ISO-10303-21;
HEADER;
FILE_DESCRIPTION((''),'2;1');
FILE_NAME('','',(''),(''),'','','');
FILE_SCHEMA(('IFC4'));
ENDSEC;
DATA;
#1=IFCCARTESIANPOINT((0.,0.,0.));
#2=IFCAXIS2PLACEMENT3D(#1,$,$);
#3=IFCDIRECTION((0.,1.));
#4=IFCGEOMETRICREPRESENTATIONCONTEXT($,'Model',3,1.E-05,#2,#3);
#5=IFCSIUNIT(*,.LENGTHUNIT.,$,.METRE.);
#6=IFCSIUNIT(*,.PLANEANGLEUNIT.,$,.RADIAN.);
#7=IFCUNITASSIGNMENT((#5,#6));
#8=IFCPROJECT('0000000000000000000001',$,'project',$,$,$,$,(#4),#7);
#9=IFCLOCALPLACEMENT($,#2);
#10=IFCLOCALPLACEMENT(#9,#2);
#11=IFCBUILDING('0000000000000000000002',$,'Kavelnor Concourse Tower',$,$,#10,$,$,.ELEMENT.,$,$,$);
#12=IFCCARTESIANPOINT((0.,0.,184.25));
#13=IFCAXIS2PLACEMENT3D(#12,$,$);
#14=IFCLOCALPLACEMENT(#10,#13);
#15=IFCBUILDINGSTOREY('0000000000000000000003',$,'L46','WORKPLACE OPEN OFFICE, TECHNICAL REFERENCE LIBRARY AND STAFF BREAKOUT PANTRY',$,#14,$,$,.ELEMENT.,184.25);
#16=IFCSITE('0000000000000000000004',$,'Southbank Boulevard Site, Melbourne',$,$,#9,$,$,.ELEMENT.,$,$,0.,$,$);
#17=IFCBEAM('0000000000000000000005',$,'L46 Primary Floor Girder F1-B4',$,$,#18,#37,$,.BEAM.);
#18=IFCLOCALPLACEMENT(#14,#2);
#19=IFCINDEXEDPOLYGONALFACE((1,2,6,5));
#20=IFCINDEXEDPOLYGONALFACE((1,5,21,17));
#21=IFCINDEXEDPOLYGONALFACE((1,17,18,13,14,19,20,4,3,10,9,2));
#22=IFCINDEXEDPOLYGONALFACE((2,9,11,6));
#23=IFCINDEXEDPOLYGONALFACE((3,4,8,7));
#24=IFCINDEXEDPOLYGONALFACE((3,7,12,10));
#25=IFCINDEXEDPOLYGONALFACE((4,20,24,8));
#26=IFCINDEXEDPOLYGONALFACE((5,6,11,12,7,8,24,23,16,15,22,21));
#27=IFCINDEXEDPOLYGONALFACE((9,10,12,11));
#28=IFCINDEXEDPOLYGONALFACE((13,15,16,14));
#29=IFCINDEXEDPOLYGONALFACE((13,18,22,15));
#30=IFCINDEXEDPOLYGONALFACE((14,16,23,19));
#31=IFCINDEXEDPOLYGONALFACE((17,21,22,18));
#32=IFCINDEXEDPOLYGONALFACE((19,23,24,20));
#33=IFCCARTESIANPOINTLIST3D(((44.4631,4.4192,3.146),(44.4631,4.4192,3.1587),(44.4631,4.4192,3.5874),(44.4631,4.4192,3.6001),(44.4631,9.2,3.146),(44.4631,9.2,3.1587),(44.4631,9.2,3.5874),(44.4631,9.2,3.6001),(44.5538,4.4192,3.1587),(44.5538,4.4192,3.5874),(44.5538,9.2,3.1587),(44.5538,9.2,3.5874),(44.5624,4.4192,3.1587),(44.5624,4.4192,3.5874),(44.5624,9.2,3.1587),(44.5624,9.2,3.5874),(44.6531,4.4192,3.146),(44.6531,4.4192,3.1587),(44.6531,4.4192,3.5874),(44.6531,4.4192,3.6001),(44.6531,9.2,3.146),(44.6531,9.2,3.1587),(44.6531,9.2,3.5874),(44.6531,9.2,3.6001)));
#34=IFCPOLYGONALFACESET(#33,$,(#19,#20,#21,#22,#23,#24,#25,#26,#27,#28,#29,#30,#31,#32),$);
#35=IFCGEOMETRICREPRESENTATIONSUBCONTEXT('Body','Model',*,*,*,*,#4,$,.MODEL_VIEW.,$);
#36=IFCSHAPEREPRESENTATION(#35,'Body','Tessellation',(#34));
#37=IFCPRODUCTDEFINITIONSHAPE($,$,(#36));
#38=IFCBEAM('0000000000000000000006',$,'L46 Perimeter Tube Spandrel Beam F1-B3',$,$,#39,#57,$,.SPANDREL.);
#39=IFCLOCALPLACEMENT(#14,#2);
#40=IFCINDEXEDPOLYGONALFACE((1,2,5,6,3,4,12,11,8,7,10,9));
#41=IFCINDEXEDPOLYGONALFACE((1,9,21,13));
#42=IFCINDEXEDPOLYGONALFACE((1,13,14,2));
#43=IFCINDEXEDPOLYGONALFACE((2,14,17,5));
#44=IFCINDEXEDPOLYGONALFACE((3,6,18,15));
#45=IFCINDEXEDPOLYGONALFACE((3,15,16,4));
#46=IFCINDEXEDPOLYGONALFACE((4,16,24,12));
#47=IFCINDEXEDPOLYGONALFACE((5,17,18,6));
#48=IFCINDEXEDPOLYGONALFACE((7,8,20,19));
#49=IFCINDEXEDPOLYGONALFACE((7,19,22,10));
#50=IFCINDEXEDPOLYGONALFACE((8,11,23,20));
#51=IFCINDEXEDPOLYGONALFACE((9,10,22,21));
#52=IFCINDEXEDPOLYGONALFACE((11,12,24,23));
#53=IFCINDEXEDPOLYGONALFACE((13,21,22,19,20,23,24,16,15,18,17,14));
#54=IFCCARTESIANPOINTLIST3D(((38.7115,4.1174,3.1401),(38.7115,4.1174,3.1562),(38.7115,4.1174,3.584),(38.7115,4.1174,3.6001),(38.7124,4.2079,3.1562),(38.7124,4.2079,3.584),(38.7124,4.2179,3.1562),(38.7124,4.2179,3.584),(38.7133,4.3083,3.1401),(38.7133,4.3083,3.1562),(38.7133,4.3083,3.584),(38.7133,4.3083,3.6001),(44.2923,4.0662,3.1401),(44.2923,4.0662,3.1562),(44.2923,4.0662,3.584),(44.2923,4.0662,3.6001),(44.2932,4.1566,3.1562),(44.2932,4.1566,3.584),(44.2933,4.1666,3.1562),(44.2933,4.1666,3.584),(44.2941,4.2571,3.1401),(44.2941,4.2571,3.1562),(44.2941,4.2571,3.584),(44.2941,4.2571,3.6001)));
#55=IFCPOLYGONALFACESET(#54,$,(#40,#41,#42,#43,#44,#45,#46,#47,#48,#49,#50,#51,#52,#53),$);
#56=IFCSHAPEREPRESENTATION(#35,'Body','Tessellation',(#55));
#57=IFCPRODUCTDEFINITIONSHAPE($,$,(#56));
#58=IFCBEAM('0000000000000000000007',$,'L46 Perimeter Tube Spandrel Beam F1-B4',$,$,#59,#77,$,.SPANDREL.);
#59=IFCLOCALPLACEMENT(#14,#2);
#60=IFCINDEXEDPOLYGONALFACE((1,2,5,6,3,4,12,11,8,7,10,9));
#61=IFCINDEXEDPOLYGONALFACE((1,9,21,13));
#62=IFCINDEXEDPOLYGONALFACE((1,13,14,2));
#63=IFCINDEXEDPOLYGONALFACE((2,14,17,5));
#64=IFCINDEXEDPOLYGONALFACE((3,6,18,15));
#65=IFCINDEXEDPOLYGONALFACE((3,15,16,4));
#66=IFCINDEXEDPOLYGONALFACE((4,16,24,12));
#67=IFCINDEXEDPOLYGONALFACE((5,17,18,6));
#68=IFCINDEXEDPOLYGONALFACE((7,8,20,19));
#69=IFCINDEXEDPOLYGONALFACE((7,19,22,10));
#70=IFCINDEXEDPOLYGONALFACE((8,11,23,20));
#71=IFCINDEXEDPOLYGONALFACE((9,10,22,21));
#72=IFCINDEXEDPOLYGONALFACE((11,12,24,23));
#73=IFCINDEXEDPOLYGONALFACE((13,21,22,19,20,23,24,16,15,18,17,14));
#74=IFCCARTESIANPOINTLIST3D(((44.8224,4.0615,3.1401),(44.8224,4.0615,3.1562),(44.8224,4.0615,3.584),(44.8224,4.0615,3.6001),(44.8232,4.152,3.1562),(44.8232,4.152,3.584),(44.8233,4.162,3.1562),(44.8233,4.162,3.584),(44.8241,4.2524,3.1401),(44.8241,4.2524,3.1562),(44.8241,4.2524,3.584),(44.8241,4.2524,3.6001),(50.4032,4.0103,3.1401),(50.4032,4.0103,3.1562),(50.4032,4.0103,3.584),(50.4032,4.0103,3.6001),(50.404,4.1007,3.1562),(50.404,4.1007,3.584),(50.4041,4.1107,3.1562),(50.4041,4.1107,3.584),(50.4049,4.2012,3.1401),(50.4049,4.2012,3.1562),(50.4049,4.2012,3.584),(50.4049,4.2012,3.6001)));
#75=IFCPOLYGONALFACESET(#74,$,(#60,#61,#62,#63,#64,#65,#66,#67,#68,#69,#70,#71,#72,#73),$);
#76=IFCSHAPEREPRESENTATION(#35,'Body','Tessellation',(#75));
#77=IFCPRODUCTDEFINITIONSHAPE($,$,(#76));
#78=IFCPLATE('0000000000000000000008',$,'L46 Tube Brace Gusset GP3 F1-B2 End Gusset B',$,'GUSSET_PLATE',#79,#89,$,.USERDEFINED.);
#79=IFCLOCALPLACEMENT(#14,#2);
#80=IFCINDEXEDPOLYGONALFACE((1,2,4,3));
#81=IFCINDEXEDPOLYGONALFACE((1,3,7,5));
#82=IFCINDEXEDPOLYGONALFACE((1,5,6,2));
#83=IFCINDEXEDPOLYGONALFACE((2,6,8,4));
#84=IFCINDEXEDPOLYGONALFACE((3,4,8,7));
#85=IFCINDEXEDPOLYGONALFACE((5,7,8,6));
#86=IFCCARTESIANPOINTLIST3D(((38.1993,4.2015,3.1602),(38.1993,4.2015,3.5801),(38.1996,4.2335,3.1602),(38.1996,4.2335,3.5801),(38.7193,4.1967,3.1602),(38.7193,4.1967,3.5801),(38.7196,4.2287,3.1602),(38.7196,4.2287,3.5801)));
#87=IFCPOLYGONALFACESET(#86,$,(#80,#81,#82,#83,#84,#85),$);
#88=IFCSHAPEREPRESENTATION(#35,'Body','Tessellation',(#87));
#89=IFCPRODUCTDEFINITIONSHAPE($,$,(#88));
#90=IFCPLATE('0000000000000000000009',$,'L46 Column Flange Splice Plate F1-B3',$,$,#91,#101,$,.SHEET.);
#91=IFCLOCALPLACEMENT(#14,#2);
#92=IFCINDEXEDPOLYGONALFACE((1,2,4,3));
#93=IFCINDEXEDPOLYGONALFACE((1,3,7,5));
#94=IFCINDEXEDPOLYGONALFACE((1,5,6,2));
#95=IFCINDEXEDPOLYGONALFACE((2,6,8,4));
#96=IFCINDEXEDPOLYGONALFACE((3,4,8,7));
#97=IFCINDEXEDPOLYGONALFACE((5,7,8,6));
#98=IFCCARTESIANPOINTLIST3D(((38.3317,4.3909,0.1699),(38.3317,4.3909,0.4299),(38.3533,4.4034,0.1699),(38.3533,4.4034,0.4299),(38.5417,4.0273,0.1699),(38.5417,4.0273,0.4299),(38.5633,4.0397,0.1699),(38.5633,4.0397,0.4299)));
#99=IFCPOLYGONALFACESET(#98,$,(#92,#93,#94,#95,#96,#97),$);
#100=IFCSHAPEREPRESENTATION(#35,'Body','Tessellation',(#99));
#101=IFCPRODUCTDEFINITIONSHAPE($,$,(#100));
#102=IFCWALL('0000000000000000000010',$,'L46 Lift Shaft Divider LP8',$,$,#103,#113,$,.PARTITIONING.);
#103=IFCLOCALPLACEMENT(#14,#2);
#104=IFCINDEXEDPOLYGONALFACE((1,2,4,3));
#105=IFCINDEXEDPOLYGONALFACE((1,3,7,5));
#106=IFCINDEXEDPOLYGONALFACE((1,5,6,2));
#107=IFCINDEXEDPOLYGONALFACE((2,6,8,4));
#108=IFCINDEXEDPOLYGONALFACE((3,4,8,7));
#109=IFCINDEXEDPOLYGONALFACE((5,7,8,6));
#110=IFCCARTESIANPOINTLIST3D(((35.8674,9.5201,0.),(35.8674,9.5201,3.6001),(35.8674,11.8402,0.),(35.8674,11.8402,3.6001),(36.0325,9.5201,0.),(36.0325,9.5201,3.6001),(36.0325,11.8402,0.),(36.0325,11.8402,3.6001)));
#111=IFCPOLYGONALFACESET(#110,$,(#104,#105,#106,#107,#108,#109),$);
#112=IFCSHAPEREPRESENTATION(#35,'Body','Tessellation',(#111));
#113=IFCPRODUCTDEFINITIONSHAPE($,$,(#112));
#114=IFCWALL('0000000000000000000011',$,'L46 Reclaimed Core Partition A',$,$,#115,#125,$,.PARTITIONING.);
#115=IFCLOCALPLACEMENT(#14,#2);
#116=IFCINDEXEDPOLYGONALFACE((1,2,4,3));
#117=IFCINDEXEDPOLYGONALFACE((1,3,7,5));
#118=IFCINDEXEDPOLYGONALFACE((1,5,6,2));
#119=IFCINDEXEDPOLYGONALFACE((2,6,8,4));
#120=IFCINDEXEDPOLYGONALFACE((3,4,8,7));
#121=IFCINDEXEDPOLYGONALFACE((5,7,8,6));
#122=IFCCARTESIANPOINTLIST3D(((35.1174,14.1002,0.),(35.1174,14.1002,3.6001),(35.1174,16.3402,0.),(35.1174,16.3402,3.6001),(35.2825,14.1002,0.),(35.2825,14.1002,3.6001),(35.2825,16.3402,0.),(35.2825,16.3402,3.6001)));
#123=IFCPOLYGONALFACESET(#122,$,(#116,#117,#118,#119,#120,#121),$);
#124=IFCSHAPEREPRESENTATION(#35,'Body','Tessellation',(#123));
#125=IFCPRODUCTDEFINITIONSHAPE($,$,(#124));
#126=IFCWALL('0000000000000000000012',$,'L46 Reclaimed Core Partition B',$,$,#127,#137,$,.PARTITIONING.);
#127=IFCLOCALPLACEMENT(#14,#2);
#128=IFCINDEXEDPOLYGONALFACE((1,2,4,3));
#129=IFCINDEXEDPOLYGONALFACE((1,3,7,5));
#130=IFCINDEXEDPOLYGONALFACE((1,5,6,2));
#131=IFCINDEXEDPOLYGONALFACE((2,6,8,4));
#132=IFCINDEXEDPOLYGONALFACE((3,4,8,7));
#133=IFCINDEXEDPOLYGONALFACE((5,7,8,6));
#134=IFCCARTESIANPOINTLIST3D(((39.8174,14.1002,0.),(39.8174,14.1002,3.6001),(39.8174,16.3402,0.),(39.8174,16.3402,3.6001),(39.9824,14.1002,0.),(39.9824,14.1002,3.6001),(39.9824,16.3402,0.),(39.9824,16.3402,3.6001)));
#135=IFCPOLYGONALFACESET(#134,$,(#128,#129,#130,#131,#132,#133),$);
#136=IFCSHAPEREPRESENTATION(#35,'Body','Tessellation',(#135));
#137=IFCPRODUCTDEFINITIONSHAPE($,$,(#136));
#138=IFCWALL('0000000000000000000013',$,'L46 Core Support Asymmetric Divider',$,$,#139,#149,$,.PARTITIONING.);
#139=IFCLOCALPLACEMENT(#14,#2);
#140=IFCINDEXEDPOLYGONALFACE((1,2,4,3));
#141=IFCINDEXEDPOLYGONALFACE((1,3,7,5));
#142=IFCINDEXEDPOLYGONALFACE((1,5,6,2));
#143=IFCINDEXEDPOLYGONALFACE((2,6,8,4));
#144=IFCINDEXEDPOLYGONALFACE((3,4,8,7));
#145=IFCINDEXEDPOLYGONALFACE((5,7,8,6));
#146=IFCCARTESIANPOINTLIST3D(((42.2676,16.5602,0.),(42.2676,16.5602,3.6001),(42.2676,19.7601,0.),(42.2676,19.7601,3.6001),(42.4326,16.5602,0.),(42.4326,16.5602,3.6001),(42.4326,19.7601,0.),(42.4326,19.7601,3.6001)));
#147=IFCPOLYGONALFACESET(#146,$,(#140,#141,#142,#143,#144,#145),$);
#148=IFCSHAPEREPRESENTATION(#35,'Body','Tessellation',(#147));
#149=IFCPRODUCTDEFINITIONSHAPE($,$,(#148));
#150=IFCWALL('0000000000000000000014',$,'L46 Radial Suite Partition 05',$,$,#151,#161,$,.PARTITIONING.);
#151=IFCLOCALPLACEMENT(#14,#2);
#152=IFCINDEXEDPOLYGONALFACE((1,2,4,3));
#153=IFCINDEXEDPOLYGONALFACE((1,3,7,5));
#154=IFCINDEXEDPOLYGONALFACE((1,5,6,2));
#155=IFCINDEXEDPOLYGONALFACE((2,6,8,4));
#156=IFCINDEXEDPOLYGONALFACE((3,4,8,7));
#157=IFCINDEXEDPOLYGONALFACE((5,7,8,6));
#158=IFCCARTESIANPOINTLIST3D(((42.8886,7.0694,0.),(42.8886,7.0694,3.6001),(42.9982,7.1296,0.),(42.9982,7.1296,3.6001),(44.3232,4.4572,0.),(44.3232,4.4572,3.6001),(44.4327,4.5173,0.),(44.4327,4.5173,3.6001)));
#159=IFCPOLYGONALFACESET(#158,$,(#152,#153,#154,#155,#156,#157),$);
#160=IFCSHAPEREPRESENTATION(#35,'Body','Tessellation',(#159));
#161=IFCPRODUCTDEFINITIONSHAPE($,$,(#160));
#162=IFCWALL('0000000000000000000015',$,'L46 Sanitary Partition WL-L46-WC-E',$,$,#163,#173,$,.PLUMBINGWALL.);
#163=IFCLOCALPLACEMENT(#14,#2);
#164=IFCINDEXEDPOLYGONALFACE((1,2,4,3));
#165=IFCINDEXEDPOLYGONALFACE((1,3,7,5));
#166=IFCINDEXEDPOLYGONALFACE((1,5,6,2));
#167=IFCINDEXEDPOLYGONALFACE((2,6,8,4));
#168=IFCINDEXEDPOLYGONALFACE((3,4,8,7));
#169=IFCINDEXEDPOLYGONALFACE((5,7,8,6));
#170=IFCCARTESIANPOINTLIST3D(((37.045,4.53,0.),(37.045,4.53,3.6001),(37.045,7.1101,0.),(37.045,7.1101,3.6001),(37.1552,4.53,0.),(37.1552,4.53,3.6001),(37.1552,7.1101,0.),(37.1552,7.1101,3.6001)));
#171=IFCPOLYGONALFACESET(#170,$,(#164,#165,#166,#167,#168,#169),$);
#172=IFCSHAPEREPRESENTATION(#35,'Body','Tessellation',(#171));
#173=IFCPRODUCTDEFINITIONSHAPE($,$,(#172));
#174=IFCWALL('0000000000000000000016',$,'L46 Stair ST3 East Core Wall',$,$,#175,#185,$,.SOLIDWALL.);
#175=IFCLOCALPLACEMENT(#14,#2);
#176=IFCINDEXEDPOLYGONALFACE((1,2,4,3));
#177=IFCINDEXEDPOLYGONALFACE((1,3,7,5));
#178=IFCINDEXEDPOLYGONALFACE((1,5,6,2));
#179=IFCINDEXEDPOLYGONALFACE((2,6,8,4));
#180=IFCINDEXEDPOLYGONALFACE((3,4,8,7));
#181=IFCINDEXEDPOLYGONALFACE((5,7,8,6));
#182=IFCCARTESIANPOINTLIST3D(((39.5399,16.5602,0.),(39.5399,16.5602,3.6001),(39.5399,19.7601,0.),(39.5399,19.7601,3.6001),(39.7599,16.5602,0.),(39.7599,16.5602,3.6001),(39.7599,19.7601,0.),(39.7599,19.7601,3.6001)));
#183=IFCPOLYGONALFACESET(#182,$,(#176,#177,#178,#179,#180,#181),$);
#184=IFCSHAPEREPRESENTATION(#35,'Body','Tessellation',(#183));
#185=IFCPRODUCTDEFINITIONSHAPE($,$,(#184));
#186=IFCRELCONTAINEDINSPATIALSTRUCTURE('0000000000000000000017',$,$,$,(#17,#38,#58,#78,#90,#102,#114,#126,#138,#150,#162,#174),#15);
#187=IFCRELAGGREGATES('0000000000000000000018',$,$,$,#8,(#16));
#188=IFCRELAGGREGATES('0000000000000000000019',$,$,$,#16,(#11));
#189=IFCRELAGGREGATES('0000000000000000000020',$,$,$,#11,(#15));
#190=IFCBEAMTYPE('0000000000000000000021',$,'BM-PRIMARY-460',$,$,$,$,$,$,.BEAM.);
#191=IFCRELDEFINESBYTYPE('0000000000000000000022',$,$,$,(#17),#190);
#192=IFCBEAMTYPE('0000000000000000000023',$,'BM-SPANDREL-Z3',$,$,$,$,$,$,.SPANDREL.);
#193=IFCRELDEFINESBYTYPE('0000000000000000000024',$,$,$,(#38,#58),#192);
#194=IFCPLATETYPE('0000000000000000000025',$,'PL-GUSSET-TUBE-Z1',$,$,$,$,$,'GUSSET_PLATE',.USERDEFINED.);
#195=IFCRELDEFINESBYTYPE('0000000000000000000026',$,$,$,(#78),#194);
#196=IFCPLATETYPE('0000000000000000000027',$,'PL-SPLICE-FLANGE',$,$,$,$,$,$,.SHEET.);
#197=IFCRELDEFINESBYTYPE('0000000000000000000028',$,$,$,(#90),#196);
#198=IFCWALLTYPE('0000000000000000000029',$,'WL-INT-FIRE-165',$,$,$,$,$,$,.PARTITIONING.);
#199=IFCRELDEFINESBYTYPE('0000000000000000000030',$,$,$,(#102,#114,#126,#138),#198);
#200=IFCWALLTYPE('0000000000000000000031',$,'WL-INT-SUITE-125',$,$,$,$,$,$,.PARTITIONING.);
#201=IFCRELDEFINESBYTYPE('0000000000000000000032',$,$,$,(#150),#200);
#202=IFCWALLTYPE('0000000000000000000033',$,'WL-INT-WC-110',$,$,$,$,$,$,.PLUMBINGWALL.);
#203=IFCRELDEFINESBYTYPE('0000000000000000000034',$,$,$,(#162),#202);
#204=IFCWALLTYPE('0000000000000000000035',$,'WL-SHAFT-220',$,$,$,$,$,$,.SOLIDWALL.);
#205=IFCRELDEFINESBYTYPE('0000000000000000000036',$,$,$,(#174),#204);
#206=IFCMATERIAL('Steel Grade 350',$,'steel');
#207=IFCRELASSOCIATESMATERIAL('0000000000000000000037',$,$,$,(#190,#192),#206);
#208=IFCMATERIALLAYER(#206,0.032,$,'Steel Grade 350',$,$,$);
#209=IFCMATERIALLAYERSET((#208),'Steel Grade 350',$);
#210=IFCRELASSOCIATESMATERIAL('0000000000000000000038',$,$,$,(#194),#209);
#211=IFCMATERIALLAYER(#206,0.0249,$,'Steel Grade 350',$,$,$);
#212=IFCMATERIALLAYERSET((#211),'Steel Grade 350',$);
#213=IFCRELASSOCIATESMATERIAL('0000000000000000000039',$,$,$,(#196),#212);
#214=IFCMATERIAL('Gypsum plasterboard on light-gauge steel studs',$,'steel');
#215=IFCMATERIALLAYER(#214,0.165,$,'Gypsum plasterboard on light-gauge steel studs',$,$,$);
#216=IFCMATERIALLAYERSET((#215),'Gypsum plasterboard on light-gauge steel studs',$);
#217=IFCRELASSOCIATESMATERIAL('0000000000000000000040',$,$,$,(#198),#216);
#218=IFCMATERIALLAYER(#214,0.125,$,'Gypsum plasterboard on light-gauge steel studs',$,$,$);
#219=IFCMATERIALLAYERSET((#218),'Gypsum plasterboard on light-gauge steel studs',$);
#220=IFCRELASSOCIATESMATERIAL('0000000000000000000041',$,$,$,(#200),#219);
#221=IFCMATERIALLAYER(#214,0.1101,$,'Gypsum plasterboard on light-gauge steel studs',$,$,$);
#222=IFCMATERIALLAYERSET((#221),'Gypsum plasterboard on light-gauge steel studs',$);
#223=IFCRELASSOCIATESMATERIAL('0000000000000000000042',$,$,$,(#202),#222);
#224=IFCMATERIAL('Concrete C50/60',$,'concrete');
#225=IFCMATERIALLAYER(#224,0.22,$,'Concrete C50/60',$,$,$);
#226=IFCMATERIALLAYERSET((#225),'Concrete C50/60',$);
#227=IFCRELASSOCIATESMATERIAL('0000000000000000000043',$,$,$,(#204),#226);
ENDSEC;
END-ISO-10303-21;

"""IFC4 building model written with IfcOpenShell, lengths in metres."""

from ifc_helpers import new_model, si_unit, direction, frame, frame_2d, origin, origin_2d, place, context, subcontext, project, spatial, rectangle, i_section, extrude, material, layer, layer_set, material_profile, profile_set, type_object, element, save


model = new_model("IFC4")

# Units and contexts
model_context = context("Model", 3, precision=1e-05, world=origin(), true_north=direction((0.0, 1.0)))
body_context = subcontext(model_context, "Body", "Model", "MODEL_VIEW")
ifc_project = project(units=[si_unit("LENGTHUNIT", "METRE"), si_unit("PLANEANGLEUNIT", "RADIAN")], contexts=[model_context])

# Site, building, storey
site_placement = place(None, origin())
site = spatial("IfcSite", under=ifc_project, at=site_placement, Name="Southbank Boulevard Site, Melbourne", CompositionType="ELEMENT", RefElevation=0.0)
building_placement = place(site_placement, origin())
building = spatial("IfcBuilding", under=site, at=building_placement, Name="Kavelnor Concourse Tower", CompositionType="ELEMENT")
storey_placement = place(building_placement, frame((0.0, 0.0, 184.25)))
storey = spatial("IfcBuildingStorey", under=building, at=storey_placement, Name="L46", Description="WORKPLACE OPEN OFFICE, TECHNICAL REFERENCE LIBRARY AND STAFF BREAKOUT PANTRY", CompositionType="ELEMENT", Elevation=184.25)

# Shared definitions
ifc_material_1 = material(Name="Steel Grade 350", Category="steel")

# Beams
ifc_material_profile_1 = material_profile(ifc_material_1, i_section(OverallWidth=0.1899, OverallDepth=0.4541, WebThickness=0.0085, FlangeThickness=0.0127, at=origin_2d()), Name="460UB67")
ifc_profile_set_1 = profile_set([ifc_material_profile_1], Name="Steel Grade 350")
beam_type_1 = type_object("IfcBeamType", Name="BM-PRIMARY-460", PredefinedType="BEAM", material=ifc_profile_set_1)
beam_1_placement = place(storey_placement, frame((44.5581, 9.2, 3.373), z_axis=(0.0, -1.0, 0.0), x_axis=(1.0, 0.0, 0.0)))
element("IfcBeam", 1, at=beam_1_placement, inside=storey, type_object=beam_type_1, Name="L46 Primary Floor Girder F1-B4", PredefinedType="BEAM", context=body_context, shape_type="SweptSolid", body=[
    extrude(i_section(OverallWidth=0.1899, OverallDepth=0.4541, WebThickness=0.0085, FlangeThickness=0.0127, at=origin_2d()), origin(), (0.0, 0.0, 1.0), 4.7808),
])
ifc_material_profile_2 = material_profile(ifc_material_1, i_section(OverallWidth=0.1909, OverallDepth=0.46, WebThickness=0.01, FlangeThickness=0.0161, at=origin_2d()), Name="460UB82")
ifc_profile_set_2 = profile_set([ifc_material_profile_2], Name="Steel Grade 350")
beam_type_2 = type_object("IfcBeamType", Name="BM-SPANDREL-Z3", PredefinedType="SPANDREL", material=ifc_profile_set_2)
for number, where, z_axis, x_axis, name in (
    (2, (38.7124, 4.2129, 3.3701), (0.999958, -0.009186, 0.0), (0.009186, 0.999958, 0.0), "L46 Perimeter Tube Spandrel Beam F1-B3"),
    (3, (44.8232, 4.157, 3.3701), (0.999958, -0.009186, 0.0), (0.009186, 0.999958, 0.0), "L46 Perimeter Tube Spandrel Beam F1-B4"),
):
    element("IfcBeam", number, at=place(storey_placement, frame(where, z_axis=z_axis, x_axis=x_axis)), inside=storey, type_object=beam_type_2, Name=name, PredefinedType="SPANDREL", context=body_context, shape_type="SweptSolid", body=[
        extrude(i_section(OverallWidth=0.1909, OverallDepth=0.46, WebThickness=0.01, FlangeThickness=0.0161, at=origin_2d()), origin(), (0.0, 0.0, 1.0), 5.5811),
    ])

# Plates
ifc_layer_1 = layer(ifc_material_1, 0.032, Name="Steel Grade 350")
ifc_layer_set_1 = layer_set([ifc_layer_1], Name="Steel Grade 350")
plate_type_1 = type_object("IfcPlateType", Name="PL-GUSSET-TUBE-Z1", ElementType="GUSSET_PLATE", PredefinedType="USERDEFINED", material=ifc_layer_set_1)
plate_1_placement = place(storey_placement, frame((38.4595, 4.2151, 3.1602), z_axis=(0.0, 0.0, 1.0), x_axis=(0.999957, -0.00925, 0.0)))
element("IfcPlate", 4, at=plate_1_placement, inside=storey, type_object=plate_type_1, Name="L46 Tube Brace Gusset GP3 F1-B2 End Gusset B", ObjectType="GUSSET_PLATE", PredefinedType="USERDEFINED", context=body_context, shape_type="SweptSolid", body=[
    extrude(rectangle(XDim=0.52, YDim=0.032, at=origin_2d()), origin(), (0.0, 0.0, 1.0), 0.4199),
])
ifc_layer_2 = layer(ifc_material_1, 0.0249, Name="Steel Grade 350")
ifc_layer_set_2 = layer_set([ifc_layer_2], Name="Steel Grade 350")
plate_type_2 = type_object("IfcPlateType", Name="PL-SPLICE-FLANGE", PredefinedType="SHEET", material=ifc_layer_set_2)
plate_2_placement = place(storey_placement, frame((38.4475, 4.2153, 0.1699), z_axis=(0.0, 0.0, 1.0), x_axis=(-0.5, 0.866025, 0.0)))
element("IfcPlate", 5, at=plate_2_placement, inside=storey, type_object=plate_type_2, Name="L46 Column Flange Splice Plate F1-B3", PredefinedType="SHEET", context=body_context, shape_type="SweptSolid", body=[
    extrude(rectangle(XDim=0.4199, YDim=0.0249, at=origin_2d()), origin(), (0.0, 0.0, 1.0), 0.26),
])

# Walls
ifc_material_2 = material(Name="Gypsum plasterboard on light-gauge steel studs", Category="steel")
ifc_layer_3 = layer(ifc_material_2, 0.165, Name="Gypsum plasterboard on light-gauge steel studs")
ifc_layer_set_3 = layer_set([ifc_layer_3], Name="Gypsum plasterboard on light-gauge steel studs")
wall_type_1 = type_object("IfcWallType", Name="WL-INT-FIRE-165", PredefinedType="PARTITIONING", material=ifc_layer_set_3)
wall_1_placement = place(storey_placement, frame((35.95, 9.52, 0.0), z_axis=(0.0, 0.0, 1.0), x_axis=(0.0, 1.0, 0.0)))
element("IfcWall", 6, at=wall_1_placement, inside=storey, type_object=wall_type_1, Name="L46 Lift Shaft Divider LP8", PredefinedType="PARTITIONING", context=body_context, shape_type="SweptSolid", body=[
    extrude(rectangle(XDim=2.3201, YDim=0.165, at=frame_2d((1.1602, 0.0))), origin(), (0.0, 0.0, 1.0), 3.6001),
])
for number, where, z_axis, x_axis, name in (
    (7, (35.2, 14.1001, 0.0), (0.0, 0.0, 1.0), (0.0, 1.0, 0.0), "L46 Reclaimed Core Partition A"),
    (8, (39.8999, 14.1001, 0.0), (0.0, 0.0, 1.0), (0.0, 1.0, 0.0), "L46 Reclaimed Core Partition B"),
):
    element("IfcWall", number, at=place(storey_placement, frame(where, z_axis=z_axis, x_axis=x_axis)), inside=storey, type_object=wall_type_1, Name=name, PredefinedType="PARTITIONING", context=body_context, shape_type="SweptSolid", body=[
        extrude(rectangle(XDim=2.24, YDim=0.165, at=frame_2d((1.1201, 0.0))), origin(), (0.0, 0.0, 1.0), 3.6001),
    ])
wall_2_placement = place(storey_placement, frame((42.3501, 16.5601, 0.0), z_axis=(0.0, 0.0, 1.0), x_axis=(0.0, 1.0, 0.0)))
element("IfcWall", 9, at=wall_2_placement, inside=storey, type_object=wall_type_1, Name="L46 Core Support Asymmetric Divider", PredefinedType="PARTITIONING", context=body_context, shape_type="SweptSolid", body=[
    extrude(rectangle(XDim=3.2, YDim=0.165, at=frame_2d((1.6001, 0.0))), origin(), (0.0, 0.0, 1.0), 3.6001),
])
ifc_layer_4 = layer(ifc_material_2, 0.125, Name="Gypsum plasterboard on light-gauge steel studs")
ifc_layer_set_4 = layer_set([ifc_layer_4], Name="Gypsum plasterboard on light-gauge steel studs")
wall_type_2 = type_object("IfcWallType", Name="WL-INT-SUITE-125", PredefinedType="PARTITIONING", material=ifc_layer_set_4)
wall_3_placement = place(storey_placement, frame((42.9434, 7.0996, 0.0), z_axis=(0.0, 0.0, 1.0), x_axis=(0.481353, -0.876527, 0.0)))
element("IfcWall", 10, at=wall_3_placement, inside=storey, type_object=wall_type_2, Name="L46 Radial Suite Partition 05", PredefinedType="PARTITIONING", context=body_context, shape_type="SweptSolid", body=[
    extrude(rectangle(XDim=2.9802, YDim=0.125, at=frame_2d((1.4902, 0.0))), origin(), (0.0, 0.0, 1.0), 3.6001),
])
ifc_layer_5 = layer(ifc_material_2, 0.1101, Name="Gypsum plasterboard on light-gauge steel studs")
ifc_layer_set_5 = layer_set([ifc_layer_5], Name="Gypsum plasterboard on light-gauge steel studs")
wall_type_3 = type_object("IfcWallType", Name="WL-INT-WC-110", PredefinedType="PLUMBINGWALL", material=ifc_layer_set_5)
wall_4_placement = place(storey_placement, frame((37.1001, 4.53, 0.0), z_axis=(0.0, 0.0, 1.0), x_axis=(0.0, 1.0, 0.0)))
element("IfcWall", 11, at=wall_4_placement, inside=storey, type_object=wall_type_3, Name="L46 Sanitary Partition WL-L46-WC-E", PredefinedType="PLUMBINGWALL", context=body_context, shape_type="SweptSolid", body=[
    extrude(rectangle(XDim=2.5801, YDim=0.1101, at=frame_2d((1.29, 0.0))), origin(), (0.0, 0.0, 1.0), 3.6001),
])
ifc_material_3 = material(Name="Concrete C50/60", Category="concrete")
ifc_layer_6 = layer(ifc_material_3, 0.22, Name="Concrete C50/60")
ifc_layer_set_6 = layer_set([ifc_layer_6], Name="Concrete C50/60")
wall_type_4 = type_object("IfcWallType", Name="WL-SHAFT-220", PredefinedType="SOLIDWALL", material=ifc_layer_set_6)
wall_5_placement = place(storey_placement, frame((39.6499, 16.5601, 0.0), z_axis=(0.0, 0.0, 1.0), x_axis=(0.0, 1.0, 0.0)))
element("IfcWall", 12, at=wall_5_placement, inside=storey, type_object=wall_type_4, Name="L46 Stair ST3 East Core Wall", PredefinedType="SOLIDWALL", context=body_context, shape_type="SweptSolid", body=[
    extrude(rectangle(XDim=3.2, YDim=0.22, at=frame_2d((1.6001, 0.0))), origin(), (0.0, 0.0, 1.0), 3.6001),
])

save(model, "model.ifc")
